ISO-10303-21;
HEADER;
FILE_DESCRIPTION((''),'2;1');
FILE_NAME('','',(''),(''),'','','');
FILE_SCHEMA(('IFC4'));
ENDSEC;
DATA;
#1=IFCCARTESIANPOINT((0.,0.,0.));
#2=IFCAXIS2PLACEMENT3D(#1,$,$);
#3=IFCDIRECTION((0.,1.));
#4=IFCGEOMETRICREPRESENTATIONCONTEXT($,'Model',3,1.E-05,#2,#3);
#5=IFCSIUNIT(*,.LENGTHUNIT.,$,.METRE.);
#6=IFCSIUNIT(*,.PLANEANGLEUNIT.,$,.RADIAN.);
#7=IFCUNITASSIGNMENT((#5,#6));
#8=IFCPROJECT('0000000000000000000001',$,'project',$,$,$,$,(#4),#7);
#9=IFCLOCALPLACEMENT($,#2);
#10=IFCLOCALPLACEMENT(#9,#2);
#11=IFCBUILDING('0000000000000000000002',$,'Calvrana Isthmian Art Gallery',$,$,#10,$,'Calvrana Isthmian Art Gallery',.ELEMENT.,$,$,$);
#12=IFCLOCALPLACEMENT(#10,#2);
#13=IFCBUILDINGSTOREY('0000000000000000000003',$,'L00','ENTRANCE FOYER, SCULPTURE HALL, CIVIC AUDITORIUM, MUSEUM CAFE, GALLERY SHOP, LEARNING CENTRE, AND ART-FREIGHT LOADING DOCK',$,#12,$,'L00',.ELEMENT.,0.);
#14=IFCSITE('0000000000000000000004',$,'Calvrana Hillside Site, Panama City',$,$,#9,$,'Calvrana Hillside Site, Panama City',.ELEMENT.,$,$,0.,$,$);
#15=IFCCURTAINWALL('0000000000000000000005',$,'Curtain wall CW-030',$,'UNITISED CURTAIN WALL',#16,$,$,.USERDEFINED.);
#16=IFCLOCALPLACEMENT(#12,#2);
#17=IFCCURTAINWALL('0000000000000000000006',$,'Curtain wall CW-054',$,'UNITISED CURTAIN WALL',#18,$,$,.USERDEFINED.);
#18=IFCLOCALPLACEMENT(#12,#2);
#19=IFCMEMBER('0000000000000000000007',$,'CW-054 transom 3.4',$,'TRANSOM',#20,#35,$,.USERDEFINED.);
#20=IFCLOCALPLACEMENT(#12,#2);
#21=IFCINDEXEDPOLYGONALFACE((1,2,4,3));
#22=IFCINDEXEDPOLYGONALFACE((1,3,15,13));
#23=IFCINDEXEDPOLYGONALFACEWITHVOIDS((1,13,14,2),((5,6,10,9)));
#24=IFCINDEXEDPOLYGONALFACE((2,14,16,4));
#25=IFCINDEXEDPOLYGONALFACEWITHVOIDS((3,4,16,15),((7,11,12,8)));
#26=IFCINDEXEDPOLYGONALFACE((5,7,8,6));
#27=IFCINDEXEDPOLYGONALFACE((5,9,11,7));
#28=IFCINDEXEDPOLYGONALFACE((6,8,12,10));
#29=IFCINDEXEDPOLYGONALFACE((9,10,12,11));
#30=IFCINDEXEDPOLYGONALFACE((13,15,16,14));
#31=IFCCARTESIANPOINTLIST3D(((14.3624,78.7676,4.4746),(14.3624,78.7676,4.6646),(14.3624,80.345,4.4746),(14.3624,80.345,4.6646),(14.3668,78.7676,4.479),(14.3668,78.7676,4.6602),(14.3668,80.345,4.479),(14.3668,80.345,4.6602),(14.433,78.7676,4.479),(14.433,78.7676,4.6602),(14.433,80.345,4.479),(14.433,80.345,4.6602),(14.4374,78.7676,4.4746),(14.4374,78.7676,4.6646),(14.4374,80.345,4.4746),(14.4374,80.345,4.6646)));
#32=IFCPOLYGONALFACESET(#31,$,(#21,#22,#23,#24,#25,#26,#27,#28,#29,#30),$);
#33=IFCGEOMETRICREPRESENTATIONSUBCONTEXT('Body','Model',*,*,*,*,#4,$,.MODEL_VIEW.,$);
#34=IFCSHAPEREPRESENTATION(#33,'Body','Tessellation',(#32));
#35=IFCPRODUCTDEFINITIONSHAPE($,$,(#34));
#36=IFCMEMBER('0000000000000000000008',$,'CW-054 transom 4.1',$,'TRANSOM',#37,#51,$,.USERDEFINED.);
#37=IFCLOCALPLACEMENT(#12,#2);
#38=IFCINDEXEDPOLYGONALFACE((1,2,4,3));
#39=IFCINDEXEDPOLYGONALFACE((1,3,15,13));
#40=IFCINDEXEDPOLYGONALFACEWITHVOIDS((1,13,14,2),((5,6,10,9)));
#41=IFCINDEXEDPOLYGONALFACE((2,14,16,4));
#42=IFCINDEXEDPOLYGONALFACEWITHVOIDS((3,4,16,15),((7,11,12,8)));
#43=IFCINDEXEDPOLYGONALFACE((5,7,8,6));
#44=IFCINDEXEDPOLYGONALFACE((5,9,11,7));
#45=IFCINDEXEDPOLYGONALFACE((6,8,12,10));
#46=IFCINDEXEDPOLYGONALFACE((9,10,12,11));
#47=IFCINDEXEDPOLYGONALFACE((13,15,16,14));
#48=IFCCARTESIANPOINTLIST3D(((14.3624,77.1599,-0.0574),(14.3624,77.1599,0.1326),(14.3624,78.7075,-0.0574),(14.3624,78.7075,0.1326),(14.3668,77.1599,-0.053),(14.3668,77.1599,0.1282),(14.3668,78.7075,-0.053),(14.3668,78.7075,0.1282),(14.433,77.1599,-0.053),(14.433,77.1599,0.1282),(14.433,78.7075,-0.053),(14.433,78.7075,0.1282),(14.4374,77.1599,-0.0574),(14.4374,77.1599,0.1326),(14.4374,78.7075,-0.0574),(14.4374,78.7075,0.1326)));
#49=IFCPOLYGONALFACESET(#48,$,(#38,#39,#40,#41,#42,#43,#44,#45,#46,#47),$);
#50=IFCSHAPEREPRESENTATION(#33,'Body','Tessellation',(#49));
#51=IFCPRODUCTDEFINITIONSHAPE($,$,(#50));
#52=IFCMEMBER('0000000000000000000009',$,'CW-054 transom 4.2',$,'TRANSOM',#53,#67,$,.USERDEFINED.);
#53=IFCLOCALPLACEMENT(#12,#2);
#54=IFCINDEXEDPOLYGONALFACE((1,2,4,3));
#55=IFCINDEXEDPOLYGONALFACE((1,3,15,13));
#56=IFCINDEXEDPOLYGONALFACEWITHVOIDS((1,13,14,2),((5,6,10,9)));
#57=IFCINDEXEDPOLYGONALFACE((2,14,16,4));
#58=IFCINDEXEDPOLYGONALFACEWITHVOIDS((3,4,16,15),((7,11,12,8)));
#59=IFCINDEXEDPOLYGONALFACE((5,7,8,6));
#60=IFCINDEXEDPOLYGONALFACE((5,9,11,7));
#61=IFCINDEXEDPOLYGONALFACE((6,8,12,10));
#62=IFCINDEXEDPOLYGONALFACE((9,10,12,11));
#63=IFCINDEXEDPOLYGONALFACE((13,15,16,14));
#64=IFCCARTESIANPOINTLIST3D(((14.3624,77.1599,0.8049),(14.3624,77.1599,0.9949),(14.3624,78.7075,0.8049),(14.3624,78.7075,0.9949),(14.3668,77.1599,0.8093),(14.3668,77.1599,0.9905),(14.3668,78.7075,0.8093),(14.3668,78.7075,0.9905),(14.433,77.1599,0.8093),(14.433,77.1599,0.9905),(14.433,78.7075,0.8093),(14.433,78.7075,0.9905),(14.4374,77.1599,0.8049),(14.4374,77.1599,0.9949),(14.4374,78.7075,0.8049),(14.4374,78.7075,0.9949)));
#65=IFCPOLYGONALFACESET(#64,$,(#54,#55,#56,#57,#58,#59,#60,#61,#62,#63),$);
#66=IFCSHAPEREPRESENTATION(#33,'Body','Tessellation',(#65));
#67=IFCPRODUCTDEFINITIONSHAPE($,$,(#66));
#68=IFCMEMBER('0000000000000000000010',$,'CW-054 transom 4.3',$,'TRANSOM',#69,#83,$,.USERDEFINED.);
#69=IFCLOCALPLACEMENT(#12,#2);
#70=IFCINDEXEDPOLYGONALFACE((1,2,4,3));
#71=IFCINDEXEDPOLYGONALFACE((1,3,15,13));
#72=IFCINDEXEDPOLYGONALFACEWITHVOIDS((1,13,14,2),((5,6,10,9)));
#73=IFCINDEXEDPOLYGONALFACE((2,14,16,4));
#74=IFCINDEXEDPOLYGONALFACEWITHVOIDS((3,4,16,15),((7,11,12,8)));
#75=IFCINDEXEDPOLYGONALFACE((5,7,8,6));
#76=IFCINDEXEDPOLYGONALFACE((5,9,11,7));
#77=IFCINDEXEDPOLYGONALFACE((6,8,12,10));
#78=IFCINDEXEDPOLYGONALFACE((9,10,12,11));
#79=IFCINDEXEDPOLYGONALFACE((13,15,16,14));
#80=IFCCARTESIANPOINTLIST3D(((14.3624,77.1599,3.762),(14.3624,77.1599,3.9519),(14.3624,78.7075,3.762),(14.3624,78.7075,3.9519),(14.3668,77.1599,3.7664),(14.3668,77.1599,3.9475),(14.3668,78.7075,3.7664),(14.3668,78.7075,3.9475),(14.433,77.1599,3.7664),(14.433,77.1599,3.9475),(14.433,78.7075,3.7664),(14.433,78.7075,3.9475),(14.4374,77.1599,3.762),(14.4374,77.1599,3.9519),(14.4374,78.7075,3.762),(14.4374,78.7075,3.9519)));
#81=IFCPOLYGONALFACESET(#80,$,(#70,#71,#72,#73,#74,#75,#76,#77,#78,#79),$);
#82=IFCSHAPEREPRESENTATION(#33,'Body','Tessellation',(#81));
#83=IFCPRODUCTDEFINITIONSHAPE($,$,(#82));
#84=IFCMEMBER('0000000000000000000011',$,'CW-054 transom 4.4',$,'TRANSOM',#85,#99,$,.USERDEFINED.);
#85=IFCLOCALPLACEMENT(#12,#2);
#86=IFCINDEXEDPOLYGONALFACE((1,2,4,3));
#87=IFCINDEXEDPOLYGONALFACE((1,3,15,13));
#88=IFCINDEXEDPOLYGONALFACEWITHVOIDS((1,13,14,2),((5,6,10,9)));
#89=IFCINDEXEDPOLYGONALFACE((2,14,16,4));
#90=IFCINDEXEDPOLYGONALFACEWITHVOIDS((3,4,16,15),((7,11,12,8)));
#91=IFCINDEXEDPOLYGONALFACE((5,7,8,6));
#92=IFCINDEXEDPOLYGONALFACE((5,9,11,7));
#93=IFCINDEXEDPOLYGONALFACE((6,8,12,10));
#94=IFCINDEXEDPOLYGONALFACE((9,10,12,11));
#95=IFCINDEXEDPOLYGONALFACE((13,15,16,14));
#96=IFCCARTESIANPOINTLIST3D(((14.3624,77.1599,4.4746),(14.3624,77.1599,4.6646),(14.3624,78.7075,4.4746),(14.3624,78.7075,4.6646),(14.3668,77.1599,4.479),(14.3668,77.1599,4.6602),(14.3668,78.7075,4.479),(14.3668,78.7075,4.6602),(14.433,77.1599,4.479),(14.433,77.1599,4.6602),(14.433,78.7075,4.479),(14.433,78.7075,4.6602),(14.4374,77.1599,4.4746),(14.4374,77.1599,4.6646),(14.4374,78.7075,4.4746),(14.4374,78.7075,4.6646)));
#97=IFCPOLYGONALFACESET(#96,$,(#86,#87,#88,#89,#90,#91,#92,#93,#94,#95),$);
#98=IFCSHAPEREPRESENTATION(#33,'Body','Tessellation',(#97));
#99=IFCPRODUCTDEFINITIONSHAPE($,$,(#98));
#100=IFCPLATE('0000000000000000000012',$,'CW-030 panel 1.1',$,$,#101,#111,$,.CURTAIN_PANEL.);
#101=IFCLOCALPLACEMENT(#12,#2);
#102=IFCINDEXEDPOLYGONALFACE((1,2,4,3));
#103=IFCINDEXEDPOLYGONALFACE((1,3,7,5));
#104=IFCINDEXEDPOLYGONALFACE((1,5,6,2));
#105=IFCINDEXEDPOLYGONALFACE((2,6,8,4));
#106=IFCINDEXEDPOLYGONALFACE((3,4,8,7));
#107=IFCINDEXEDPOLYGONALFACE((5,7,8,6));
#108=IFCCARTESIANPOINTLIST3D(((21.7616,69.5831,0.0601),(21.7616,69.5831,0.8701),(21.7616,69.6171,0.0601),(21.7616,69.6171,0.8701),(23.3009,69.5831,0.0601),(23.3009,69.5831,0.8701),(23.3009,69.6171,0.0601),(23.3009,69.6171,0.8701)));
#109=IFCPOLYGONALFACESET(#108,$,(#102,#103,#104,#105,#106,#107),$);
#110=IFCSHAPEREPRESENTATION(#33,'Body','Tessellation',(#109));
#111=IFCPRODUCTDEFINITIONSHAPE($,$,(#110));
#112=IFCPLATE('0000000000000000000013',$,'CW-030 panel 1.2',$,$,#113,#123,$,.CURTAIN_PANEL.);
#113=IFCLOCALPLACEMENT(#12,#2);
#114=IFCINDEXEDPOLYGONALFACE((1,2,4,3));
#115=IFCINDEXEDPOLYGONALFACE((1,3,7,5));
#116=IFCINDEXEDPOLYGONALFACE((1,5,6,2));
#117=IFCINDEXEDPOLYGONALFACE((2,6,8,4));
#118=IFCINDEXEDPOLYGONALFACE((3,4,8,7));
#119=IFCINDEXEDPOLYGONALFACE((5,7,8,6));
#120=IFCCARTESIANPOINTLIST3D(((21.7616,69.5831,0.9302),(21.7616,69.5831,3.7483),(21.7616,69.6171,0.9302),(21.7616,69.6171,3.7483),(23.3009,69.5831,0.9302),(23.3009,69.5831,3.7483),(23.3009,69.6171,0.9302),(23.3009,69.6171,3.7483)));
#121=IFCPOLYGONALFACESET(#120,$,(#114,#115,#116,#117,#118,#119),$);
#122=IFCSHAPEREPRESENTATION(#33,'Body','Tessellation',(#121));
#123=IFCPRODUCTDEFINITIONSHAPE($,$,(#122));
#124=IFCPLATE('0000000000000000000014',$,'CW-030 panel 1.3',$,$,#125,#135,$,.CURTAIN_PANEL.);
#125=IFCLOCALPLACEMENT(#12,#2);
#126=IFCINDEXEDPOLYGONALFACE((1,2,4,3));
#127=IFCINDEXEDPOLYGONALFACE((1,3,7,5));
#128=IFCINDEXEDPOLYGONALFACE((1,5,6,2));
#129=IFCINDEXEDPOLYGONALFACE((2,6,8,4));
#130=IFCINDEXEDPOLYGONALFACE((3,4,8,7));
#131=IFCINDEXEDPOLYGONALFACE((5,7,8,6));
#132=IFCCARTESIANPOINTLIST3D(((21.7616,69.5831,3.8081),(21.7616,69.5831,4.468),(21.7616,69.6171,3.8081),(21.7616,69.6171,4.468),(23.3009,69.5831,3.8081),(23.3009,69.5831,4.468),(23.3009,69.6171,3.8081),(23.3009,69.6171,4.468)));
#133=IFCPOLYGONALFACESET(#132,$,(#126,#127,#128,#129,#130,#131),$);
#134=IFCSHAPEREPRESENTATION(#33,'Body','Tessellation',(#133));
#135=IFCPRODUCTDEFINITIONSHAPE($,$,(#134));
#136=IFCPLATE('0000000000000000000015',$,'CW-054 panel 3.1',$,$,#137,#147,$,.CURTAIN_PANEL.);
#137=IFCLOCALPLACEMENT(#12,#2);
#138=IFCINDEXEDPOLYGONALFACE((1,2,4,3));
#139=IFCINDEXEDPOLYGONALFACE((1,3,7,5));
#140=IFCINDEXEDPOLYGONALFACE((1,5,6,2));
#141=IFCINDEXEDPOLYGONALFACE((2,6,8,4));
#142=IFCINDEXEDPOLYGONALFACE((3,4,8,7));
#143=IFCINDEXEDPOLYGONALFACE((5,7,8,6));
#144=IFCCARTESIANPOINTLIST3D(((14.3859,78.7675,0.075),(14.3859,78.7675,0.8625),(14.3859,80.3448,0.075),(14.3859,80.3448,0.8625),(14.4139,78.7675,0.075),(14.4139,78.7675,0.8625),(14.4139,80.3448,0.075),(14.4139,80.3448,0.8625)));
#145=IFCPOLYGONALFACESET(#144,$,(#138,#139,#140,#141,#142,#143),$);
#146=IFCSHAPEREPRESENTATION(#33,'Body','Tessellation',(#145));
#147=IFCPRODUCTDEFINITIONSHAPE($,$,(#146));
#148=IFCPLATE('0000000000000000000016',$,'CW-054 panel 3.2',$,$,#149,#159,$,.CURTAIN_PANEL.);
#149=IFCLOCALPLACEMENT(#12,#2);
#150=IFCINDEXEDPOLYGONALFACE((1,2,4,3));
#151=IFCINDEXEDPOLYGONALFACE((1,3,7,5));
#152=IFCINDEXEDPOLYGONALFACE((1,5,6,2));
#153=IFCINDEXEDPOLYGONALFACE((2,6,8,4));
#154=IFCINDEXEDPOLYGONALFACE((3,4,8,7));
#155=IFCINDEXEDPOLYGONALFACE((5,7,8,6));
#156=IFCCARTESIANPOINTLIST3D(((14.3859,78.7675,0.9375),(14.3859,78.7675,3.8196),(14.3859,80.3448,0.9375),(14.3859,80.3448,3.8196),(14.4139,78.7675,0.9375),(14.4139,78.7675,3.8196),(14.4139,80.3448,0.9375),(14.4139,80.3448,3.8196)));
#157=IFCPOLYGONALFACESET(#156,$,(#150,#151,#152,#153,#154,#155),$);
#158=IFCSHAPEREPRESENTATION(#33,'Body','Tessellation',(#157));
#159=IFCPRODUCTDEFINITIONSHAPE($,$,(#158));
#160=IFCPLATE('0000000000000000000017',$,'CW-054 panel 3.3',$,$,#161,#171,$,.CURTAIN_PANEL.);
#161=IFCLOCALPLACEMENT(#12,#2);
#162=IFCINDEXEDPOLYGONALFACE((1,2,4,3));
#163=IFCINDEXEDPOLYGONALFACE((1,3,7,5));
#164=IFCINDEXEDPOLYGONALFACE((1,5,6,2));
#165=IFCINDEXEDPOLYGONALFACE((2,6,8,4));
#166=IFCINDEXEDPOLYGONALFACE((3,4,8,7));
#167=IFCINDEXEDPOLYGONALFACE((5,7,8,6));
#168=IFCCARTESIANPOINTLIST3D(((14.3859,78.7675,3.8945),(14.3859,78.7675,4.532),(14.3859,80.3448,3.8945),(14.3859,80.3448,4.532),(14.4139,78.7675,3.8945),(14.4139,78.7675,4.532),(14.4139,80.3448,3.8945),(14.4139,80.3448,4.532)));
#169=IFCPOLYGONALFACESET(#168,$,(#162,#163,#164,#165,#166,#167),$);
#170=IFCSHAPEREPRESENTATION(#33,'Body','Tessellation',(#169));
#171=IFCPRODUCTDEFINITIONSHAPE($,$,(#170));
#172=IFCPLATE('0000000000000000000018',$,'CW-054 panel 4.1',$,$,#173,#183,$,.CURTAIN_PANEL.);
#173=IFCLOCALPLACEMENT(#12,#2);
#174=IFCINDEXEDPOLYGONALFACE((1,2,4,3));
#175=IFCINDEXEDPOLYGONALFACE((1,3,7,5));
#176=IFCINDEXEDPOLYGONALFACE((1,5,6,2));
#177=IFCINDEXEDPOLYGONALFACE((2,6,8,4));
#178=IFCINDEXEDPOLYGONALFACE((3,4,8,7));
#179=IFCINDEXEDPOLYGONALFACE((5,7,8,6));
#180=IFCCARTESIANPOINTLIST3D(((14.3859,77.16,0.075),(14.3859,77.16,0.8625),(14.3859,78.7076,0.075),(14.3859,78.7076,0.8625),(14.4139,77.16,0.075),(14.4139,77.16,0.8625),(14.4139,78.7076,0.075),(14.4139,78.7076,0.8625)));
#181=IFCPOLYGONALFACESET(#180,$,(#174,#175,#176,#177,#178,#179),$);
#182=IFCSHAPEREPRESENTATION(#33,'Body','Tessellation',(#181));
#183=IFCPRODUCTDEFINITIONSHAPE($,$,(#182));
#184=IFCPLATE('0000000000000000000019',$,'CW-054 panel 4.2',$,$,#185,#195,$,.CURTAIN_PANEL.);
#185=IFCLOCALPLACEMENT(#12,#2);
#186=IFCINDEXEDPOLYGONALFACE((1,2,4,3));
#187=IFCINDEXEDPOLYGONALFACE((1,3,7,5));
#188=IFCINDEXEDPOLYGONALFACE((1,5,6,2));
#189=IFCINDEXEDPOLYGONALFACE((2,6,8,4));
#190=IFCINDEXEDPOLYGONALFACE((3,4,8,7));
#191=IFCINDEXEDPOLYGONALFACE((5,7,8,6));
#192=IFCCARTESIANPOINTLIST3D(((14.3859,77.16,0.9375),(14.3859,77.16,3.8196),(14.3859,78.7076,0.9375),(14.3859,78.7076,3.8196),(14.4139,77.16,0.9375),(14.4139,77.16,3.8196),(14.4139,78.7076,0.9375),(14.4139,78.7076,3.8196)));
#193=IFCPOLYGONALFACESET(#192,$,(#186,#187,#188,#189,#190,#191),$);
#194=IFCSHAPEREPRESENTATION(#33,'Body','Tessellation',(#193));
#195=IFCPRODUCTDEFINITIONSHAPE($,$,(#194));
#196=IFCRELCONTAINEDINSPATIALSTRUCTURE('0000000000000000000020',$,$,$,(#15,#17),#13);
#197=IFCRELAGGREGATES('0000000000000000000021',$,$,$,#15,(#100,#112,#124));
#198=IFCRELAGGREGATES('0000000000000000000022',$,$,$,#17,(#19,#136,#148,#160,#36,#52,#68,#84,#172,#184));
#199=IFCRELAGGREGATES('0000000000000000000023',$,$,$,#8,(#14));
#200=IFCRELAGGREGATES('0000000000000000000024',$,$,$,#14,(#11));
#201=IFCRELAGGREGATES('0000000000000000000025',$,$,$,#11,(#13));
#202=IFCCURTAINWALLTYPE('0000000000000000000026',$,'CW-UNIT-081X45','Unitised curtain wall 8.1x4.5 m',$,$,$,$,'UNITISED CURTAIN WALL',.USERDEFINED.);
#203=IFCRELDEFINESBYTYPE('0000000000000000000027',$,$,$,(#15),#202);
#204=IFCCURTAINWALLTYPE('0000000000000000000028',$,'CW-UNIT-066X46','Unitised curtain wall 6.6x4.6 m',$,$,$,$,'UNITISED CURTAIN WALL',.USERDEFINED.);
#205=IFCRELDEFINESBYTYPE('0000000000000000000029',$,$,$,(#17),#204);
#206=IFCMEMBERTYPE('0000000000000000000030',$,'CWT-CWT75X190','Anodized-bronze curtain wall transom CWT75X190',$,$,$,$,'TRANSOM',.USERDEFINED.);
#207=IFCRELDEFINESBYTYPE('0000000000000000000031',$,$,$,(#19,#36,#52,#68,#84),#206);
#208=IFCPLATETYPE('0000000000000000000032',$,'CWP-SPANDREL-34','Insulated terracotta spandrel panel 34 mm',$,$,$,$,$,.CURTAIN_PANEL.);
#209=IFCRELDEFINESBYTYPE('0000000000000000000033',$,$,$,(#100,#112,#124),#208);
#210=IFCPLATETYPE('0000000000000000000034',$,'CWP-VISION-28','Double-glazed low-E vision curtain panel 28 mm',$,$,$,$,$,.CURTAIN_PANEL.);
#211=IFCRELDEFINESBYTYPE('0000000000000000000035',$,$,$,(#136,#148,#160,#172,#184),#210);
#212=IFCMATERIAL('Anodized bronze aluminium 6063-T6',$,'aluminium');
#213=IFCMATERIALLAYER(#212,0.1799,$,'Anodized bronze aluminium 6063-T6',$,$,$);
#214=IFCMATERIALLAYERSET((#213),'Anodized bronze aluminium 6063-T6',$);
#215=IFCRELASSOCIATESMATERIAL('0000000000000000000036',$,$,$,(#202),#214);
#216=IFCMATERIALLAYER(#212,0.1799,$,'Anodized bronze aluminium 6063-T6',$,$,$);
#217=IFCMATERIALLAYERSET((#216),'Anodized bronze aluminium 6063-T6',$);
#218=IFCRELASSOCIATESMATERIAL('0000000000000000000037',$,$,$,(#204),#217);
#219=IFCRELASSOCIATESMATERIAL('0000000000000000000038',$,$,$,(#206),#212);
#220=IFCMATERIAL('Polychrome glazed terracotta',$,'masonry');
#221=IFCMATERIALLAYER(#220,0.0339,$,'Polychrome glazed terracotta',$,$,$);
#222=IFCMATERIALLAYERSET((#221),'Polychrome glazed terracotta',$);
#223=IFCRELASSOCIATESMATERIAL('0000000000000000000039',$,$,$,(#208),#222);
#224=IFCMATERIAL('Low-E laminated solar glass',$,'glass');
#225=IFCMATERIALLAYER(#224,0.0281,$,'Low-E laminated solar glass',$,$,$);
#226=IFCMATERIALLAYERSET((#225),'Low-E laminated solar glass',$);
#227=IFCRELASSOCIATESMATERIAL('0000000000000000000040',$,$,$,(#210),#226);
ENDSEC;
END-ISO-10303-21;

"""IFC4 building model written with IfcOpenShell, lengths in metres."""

from ifc_helpers import new_model, si_unit, direction, frame, origin, origin_2d, place, context, subcontext, project, spatial, rectangle, hollow_rectangle, extrude, material, layer, layer_set, material_profile, profile_set, type_object, element, aggregate, save


model = new_model("IFC4")

# Units and contexts
model_context = context("Model", 3, precision=1e-05, world=origin(), true_north=direction((0.0, 1.0)))
body_context = subcontext(model_context, "Body", "Model", "MODEL_VIEW")
ifc_project = project(units=[si_unit("LENGTHUNIT", "METRE"), si_unit("PLANEANGLEUNIT", "RADIAN")], contexts=[model_context])

# Site, building, storey
site_placement = place(None, origin())
site = spatial("IfcSite", under=ifc_project, at=site_placement, Name="Calvrana Hillside Site, Panama City", LongName="Calvrana Hillside Site, Panama City", CompositionType="ELEMENT", RefElevation=0.0)
building_placement = place(site_placement, origin())
building = spatial("IfcBuilding", under=site, at=building_placement, Name="Calvrana Isthmian Art Gallery", LongName="Calvrana Isthmian Art Gallery", CompositionType="ELEMENT")
storey_placement = place(building_placement, origin())
storey = spatial("IfcBuildingStorey", under=building, at=storey_placement, Name="L00", Description="ENTRANCE FOYER, SCULPTURE HALL, CIVIC AUDITORIUM, MUSEUM CAFE, GALLERY SHOP, LEARNING CENTRE, AND ART-FREIGHT LOADING DOCK", LongName="L00", CompositionType="ELEMENT", Elevation=0.0)

# Curtain walls
ifc_material_1 = material(Name="Anodized bronze aluminium 6063-T6", Category="aluminium")
ifc_layer_1 = layer(ifc_material_1, 0.1799, Name="Anodized bronze aluminium 6063-T6")
ifc_layer_set_1 = layer_set([ifc_layer_1], Name="Anodized bronze aluminium 6063-T6")
curtain_wall_type_1 = type_object("IfcCurtainWallType", Name="CW-UNIT-081X45", Description="Unitised curtain wall 8.1x4.5 m", ElementType="UNITISED CURTAIN WALL", PredefinedType="USERDEFINED", material=ifc_layer_set_1)
curtain_wall_1_placement = place(storey_placement, origin())
curtain_wall_1 = element("IfcCurtainWall", 1, at=curtain_wall_1_placement, inside=storey, type_object=curtain_wall_type_1, Name="Curtain wall CW-030", ObjectType="UNITISED CURTAIN WALL", PredefinedType="USERDEFINED")
ifc_layer_2 = layer(ifc_material_1, 0.1799, Name="Anodized bronze aluminium 6063-T6")
ifc_layer_set_2 = layer_set([ifc_layer_2], Name="Anodized bronze aluminium 6063-T6")
curtain_wall_type_2 = type_object("IfcCurtainWallType", Name="CW-UNIT-066X46", Description="Unitised curtain wall 6.6x4.6 m", ElementType="UNITISED CURTAIN WALL", PredefinedType="USERDEFINED", material=ifc_layer_set_2)
curtain_wall_2_placement = place(storey_placement, origin())
curtain_wall_2 = element("IfcCurtainWall", 2, at=curtain_wall_2_placement, inside=storey, type_object=curtain_wall_type_2, Name="Curtain wall CW-054", ObjectType="UNITISED CURTAIN WALL", PredefinedType="USERDEFINED")

# Members
ifc_material_profile_1 = material_profile(ifc_material_1, hollow_rectangle(XDim=0.075, YDim=0.1899, WallThickness=0.0044, at=origin_2d()), Name="CWT75X190")
ifc_profile_set_1 = profile_set([ifc_material_profile_1], Name="Anodized bronze aluminium 6063-T6")
member_type_1 = type_object("IfcMemberType", Name="CWT-CWT75X190", Description="Anodized-bronze curtain wall transom CWT75X190", ElementType="TRANSOM", PredefinedType="USERDEFINED", material=ifc_profile_set_1)
member_1_placement = place(storey_placement, frame((14.3999, 80.345, 4.5696), z_axis=(0.0, -1.0, 0.0), x_axis=(1.0, 0.0, 0.0)))
member_1 = element("IfcMember", 3, at=member_1_placement, type_object=member_type_1, Name="CW-054 transom 3.4", ObjectType="TRANSOM", PredefinedType="USERDEFINED", context=body_context, shape_type="SweptSolid", body=[
    extrude(hollow_rectangle(XDim=0.075, YDim=0.1899, WallThickness=0.0044, at=origin_2d()), origin(), (0.0, 0.0, 1.0), 1.5774),
])
member_2_placement = place(storey_placement, frame((14.3999, 78.7075, 0.0376), z_axis=(0.0, -1.0, 0.0), x_axis=(1.0, 0.0, 0.0)))
member_2 = element("IfcMember", 4, at=member_2_placement, type_object=member_type_1, Name="CW-054 transom 4.1", ObjectType="TRANSOM", PredefinedType="USERDEFINED", context=body_context, shape_type="SweptSolid", body=[
    extrude(hollow_rectangle(XDim=0.075, YDim=0.1899, WallThickness=0.0044, at=origin_2d()), origin(), (0.0, 0.0, 1.0), 1.5476),
])
member_3_placement = place(storey_placement, frame((14.3999, 78.7075, 0.8999), z_axis=(0.0, -1.0, 0.0), x_axis=(1.0, 0.0, 0.0)))
member_3 = element("IfcMember", 5, at=member_3_placement, type_object=member_type_1, Name="CW-054 transom 4.2", ObjectType="TRANSOM", PredefinedType="USERDEFINED", context=body_context, shape_type="SweptSolid", body=[
    extrude(hollow_rectangle(XDim=0.075, YDim=0.1899, WallThickness=0.0044, at=origin_2d()), origin(), (0.0, 0.0, 1.0), 1.5476),
])
member_4_placement = place(storey_placement, frame((14.3999, 78.7075, 3.8569), z_axis=(0.0, -1.0, 0.0), x_axis=(1.0, 0.0, 0.0)))
member_4 = element("IfcMember", 6, at=member_4_placement, type_object=member_type_1, Name="CW-054 transom 4.3", ObjectType="TRANSOM", PredefinedType="USERDEFINED", context=body_context, shape_type="SweptSolid", body=[
    extrude(hollow_rectangle(XDim=0.075, YDim=0.1899, WallThickness=0.0044, at=origin_2d()), origin(), (0.0, 0.0, 1.0), 1.5476),
])
member_5_placement = place(storey_placement, frame((14.3999, 78.7075, 4.5696), z_axis=(0.0, -1.0, 0.0), x_axis=(1.0, 0.0, 0.0)))
member_5 = element("IfcMember", 7, at=member_5_placement, type_object=member_type_1, Name="CW-054 transom 4.4", ObjectType="TRANSOM", PredefinedType="USERDEFINED", context=body_context, shape_type="SweptSolid", body=[
    extrude(hollow_rectangle(XDim=0.075, YDim=0.1899, WallThickness=0.0044, at=origin_2d()), origin(), (0.0, 0.0, 1.0), 1.5476),
])

# Plates
ifc_material_2 = material(Name="Polychrome glazed terracotta", Category="masonry")
ifc_layer_3 = layer(ifc_material_2, 0.0339, Name="Polychrome glazed terracotta")
ifc_layer_set_3 = layer_set([ifc_layer_3], Name="Polychrome glazed terracotta")
plate_type_1 = type_object("IfcPlateType", Name="CWP-SPANDREL-34", Description="Insulated terracotta spandrel panel 34 mm", PredefinedType="CURTAIN_PANEL", material=ifc_layer_set_3)
plate_1_placement = place(storey_placement, frame((22.5312, 69.6001, 0.0601), z_axis=(0.0, 0.0, 1.0), x_axis=(1.0, 0.0, 0.0)))
plate_1 = element("IfcPlate", 8, at=plate_1_placement, type_object=plate_type_1, Name="CW-030 panel 1.1", PredefinedType="CURTAIN_PANEL", context=body_context, shape_type="SweptSolid", body=[
    extrude(rectangle(XDim=1.5393, YDim=0.0339, at=origin_2d()), origin(), (0.0, 0.0, 1.0), 0.8101),
])
plate_2_placement = place(storey_placement, frame((22.5312, 69.6001, 0.9302), z_axis=(0.0, 0.0, 1.0), x_axis=(1.0, 0.0, 0.0)))
plate_2 = element("IfcPlate", 9, at=plate_2_placement, type_object=plate_type_1, Name="CW-030 panel 1.2", PredefinedType="CURTAIN_PANEL", context=body_context, shape_type="SweptSolid", body=[
    extrude(rectangle(XDim=1.5393, YDim=0.0339, at=origin_2d()), origin(), (0.0, 0.0, 1.0), 2.8181),
])
plate_3_placement = place(storey_placement, frame((22.5312, 69.6001, 3.8081), z_axis=(0.0, 0.0, 1.0), x_axis=(1.0, 0.0, 0.0)))
plate_3 = element("IfcPlate", 10, at=plate_3_placement, type_object=plate_type_1, Name="CW-030 panel 1.3", PredefinedType="CURTAIN_PANEL", context=body_context, shape_type="SweptSolid", body=[
    extrude(rectangle(XDim=1.5393, YDim=0.0339, at=origin_2d()), origin(), (0.0, 0.0, 1.0), 0.6599),
])
aggregate(curtain_wall_1, [plate_1, plate_2, plate_3])
ifc_material_3 = material(Name="Low-E laminated solar glass", Category="glass")
ifc_layer_4 = layer(ifc_material_3, 0.0281, Name="Low-E laminated solar glass")
ifc_layer_set_4 = layer_set([ifc_layer_4], Name="Low-E laminated solar glass")
plate_type_2 = type_object("IfcPlateType", Name="CWP-VISION-28", Description="Double-glazed low-E vision curtain panel 28 mm", PredefinedType="CURTAIN_PANEL", material=ifc_layer_set_4)
plate_4_placement = place(storey_placement, frame((14.3999, 79.5562, 0.075), z_axis=(0.0, 0.0, 1.0), x_axis=(0.0, -1.0, 0.0)))
plate_4 = element("IfcPlate", 11, at=plate_4_placement, type_object=plate_type_2, Name="CW-054 panel 3.1", PredefinedType="CURTAIN_PANEL", context=body_context, shape_type="SweptSolid", body=[
    extrude(rectangle(XDim=1.5774, YDim=0.0281, at=origin_2d()), origin(), (0.0, 0.0, 1.0), 0.7876),
])
plate_5_placement = place(storey_placement, frame((14.3999, 79.5562, 0.9375), z_axis=(0.0, 0.0, 1.0), x_axis=(0.0, -1.0, 0.0)))
plate_5 = element("IfcPlate", 12, at=plate_5_placement, type_object=plate_type_2, Name="CW-054 panel 3.2", PredefinedType="CURTAIN_PANEL", context=body_context, shape_type="SweptSolid", body=[
    extrude(rectangle(XDim=1.5774, YDim=0.0281, at=origin_2d()), origin(), (0.0, 0.0, 1.0), 2.8821),
])
plate_6_placement = place(storey_placement, frame((14.3999, 79.5562, 3.8945), z_axis=(0.0, 0.0, 1.0), x_axis=(0.0, -1.0, 0.0)))
plate_6 = element("IfcPlate", 13, at=plate_6_placement, type_object=plate_type_2, Name="CW-054 panel 3.3", PredefinedType="CURTAIN_PANEL", context=body_context, shape_type="SweptSolid", body=[
    extrude(rectangle(XDim=1.5774, YDim=0.0281, at=origin_2d()), origin(), (0.0, 0.0, 1.0), 0.6375),
])
plate_7_placement = place(storey_placement, frame((14.3999, 77.9338, 0.075), z_axis=(0.0, 0.0, 1.0), x_axis=(0.0, -1.0, 0.0)))
plate_7 = element("IfcPlate", 14, at=plate_7_placement, type_object=plate_type_2, Name="CW-054 panel 4.1", PredefinedType="CURTAIN_PANEL", context=body_context, shape_type="SweptSolid", body=[
    extrude(rectangle(XDim=1.5476, YDim=0.0281, at=origin_2d()), origin(), (0.0, 0.0, 1.0), 0.7876),
])
plate_8_placement = place(storey_placement, frame((14.3999, 77.9338, 0.9375), z_axis=(0.0, 0.0, 1.0), x_axis=(0.0, -1.0, 0.0)))
plate_8 = element("IfcPlate", 15, at=plate_8_placement, type_object=plate_type_2, Name="CW-054 panel 4.2", PredefinedType="CURTAIN_PANEL", context=body_context, shape_type="SweptSolid", body=[
    extrude(rectangle(XDim=1.5476, YDim=0.0281, at=origin_2d()), origin(), (0.0, 0.0, 1.0), 2.8821),
])
aggregate(curtain_wall_2, [member_1, plate_4, plate_5, plate_6, member_2, member_3, member_4, member_5, plate_7, plate_8])

save(model, "model.ifc")
